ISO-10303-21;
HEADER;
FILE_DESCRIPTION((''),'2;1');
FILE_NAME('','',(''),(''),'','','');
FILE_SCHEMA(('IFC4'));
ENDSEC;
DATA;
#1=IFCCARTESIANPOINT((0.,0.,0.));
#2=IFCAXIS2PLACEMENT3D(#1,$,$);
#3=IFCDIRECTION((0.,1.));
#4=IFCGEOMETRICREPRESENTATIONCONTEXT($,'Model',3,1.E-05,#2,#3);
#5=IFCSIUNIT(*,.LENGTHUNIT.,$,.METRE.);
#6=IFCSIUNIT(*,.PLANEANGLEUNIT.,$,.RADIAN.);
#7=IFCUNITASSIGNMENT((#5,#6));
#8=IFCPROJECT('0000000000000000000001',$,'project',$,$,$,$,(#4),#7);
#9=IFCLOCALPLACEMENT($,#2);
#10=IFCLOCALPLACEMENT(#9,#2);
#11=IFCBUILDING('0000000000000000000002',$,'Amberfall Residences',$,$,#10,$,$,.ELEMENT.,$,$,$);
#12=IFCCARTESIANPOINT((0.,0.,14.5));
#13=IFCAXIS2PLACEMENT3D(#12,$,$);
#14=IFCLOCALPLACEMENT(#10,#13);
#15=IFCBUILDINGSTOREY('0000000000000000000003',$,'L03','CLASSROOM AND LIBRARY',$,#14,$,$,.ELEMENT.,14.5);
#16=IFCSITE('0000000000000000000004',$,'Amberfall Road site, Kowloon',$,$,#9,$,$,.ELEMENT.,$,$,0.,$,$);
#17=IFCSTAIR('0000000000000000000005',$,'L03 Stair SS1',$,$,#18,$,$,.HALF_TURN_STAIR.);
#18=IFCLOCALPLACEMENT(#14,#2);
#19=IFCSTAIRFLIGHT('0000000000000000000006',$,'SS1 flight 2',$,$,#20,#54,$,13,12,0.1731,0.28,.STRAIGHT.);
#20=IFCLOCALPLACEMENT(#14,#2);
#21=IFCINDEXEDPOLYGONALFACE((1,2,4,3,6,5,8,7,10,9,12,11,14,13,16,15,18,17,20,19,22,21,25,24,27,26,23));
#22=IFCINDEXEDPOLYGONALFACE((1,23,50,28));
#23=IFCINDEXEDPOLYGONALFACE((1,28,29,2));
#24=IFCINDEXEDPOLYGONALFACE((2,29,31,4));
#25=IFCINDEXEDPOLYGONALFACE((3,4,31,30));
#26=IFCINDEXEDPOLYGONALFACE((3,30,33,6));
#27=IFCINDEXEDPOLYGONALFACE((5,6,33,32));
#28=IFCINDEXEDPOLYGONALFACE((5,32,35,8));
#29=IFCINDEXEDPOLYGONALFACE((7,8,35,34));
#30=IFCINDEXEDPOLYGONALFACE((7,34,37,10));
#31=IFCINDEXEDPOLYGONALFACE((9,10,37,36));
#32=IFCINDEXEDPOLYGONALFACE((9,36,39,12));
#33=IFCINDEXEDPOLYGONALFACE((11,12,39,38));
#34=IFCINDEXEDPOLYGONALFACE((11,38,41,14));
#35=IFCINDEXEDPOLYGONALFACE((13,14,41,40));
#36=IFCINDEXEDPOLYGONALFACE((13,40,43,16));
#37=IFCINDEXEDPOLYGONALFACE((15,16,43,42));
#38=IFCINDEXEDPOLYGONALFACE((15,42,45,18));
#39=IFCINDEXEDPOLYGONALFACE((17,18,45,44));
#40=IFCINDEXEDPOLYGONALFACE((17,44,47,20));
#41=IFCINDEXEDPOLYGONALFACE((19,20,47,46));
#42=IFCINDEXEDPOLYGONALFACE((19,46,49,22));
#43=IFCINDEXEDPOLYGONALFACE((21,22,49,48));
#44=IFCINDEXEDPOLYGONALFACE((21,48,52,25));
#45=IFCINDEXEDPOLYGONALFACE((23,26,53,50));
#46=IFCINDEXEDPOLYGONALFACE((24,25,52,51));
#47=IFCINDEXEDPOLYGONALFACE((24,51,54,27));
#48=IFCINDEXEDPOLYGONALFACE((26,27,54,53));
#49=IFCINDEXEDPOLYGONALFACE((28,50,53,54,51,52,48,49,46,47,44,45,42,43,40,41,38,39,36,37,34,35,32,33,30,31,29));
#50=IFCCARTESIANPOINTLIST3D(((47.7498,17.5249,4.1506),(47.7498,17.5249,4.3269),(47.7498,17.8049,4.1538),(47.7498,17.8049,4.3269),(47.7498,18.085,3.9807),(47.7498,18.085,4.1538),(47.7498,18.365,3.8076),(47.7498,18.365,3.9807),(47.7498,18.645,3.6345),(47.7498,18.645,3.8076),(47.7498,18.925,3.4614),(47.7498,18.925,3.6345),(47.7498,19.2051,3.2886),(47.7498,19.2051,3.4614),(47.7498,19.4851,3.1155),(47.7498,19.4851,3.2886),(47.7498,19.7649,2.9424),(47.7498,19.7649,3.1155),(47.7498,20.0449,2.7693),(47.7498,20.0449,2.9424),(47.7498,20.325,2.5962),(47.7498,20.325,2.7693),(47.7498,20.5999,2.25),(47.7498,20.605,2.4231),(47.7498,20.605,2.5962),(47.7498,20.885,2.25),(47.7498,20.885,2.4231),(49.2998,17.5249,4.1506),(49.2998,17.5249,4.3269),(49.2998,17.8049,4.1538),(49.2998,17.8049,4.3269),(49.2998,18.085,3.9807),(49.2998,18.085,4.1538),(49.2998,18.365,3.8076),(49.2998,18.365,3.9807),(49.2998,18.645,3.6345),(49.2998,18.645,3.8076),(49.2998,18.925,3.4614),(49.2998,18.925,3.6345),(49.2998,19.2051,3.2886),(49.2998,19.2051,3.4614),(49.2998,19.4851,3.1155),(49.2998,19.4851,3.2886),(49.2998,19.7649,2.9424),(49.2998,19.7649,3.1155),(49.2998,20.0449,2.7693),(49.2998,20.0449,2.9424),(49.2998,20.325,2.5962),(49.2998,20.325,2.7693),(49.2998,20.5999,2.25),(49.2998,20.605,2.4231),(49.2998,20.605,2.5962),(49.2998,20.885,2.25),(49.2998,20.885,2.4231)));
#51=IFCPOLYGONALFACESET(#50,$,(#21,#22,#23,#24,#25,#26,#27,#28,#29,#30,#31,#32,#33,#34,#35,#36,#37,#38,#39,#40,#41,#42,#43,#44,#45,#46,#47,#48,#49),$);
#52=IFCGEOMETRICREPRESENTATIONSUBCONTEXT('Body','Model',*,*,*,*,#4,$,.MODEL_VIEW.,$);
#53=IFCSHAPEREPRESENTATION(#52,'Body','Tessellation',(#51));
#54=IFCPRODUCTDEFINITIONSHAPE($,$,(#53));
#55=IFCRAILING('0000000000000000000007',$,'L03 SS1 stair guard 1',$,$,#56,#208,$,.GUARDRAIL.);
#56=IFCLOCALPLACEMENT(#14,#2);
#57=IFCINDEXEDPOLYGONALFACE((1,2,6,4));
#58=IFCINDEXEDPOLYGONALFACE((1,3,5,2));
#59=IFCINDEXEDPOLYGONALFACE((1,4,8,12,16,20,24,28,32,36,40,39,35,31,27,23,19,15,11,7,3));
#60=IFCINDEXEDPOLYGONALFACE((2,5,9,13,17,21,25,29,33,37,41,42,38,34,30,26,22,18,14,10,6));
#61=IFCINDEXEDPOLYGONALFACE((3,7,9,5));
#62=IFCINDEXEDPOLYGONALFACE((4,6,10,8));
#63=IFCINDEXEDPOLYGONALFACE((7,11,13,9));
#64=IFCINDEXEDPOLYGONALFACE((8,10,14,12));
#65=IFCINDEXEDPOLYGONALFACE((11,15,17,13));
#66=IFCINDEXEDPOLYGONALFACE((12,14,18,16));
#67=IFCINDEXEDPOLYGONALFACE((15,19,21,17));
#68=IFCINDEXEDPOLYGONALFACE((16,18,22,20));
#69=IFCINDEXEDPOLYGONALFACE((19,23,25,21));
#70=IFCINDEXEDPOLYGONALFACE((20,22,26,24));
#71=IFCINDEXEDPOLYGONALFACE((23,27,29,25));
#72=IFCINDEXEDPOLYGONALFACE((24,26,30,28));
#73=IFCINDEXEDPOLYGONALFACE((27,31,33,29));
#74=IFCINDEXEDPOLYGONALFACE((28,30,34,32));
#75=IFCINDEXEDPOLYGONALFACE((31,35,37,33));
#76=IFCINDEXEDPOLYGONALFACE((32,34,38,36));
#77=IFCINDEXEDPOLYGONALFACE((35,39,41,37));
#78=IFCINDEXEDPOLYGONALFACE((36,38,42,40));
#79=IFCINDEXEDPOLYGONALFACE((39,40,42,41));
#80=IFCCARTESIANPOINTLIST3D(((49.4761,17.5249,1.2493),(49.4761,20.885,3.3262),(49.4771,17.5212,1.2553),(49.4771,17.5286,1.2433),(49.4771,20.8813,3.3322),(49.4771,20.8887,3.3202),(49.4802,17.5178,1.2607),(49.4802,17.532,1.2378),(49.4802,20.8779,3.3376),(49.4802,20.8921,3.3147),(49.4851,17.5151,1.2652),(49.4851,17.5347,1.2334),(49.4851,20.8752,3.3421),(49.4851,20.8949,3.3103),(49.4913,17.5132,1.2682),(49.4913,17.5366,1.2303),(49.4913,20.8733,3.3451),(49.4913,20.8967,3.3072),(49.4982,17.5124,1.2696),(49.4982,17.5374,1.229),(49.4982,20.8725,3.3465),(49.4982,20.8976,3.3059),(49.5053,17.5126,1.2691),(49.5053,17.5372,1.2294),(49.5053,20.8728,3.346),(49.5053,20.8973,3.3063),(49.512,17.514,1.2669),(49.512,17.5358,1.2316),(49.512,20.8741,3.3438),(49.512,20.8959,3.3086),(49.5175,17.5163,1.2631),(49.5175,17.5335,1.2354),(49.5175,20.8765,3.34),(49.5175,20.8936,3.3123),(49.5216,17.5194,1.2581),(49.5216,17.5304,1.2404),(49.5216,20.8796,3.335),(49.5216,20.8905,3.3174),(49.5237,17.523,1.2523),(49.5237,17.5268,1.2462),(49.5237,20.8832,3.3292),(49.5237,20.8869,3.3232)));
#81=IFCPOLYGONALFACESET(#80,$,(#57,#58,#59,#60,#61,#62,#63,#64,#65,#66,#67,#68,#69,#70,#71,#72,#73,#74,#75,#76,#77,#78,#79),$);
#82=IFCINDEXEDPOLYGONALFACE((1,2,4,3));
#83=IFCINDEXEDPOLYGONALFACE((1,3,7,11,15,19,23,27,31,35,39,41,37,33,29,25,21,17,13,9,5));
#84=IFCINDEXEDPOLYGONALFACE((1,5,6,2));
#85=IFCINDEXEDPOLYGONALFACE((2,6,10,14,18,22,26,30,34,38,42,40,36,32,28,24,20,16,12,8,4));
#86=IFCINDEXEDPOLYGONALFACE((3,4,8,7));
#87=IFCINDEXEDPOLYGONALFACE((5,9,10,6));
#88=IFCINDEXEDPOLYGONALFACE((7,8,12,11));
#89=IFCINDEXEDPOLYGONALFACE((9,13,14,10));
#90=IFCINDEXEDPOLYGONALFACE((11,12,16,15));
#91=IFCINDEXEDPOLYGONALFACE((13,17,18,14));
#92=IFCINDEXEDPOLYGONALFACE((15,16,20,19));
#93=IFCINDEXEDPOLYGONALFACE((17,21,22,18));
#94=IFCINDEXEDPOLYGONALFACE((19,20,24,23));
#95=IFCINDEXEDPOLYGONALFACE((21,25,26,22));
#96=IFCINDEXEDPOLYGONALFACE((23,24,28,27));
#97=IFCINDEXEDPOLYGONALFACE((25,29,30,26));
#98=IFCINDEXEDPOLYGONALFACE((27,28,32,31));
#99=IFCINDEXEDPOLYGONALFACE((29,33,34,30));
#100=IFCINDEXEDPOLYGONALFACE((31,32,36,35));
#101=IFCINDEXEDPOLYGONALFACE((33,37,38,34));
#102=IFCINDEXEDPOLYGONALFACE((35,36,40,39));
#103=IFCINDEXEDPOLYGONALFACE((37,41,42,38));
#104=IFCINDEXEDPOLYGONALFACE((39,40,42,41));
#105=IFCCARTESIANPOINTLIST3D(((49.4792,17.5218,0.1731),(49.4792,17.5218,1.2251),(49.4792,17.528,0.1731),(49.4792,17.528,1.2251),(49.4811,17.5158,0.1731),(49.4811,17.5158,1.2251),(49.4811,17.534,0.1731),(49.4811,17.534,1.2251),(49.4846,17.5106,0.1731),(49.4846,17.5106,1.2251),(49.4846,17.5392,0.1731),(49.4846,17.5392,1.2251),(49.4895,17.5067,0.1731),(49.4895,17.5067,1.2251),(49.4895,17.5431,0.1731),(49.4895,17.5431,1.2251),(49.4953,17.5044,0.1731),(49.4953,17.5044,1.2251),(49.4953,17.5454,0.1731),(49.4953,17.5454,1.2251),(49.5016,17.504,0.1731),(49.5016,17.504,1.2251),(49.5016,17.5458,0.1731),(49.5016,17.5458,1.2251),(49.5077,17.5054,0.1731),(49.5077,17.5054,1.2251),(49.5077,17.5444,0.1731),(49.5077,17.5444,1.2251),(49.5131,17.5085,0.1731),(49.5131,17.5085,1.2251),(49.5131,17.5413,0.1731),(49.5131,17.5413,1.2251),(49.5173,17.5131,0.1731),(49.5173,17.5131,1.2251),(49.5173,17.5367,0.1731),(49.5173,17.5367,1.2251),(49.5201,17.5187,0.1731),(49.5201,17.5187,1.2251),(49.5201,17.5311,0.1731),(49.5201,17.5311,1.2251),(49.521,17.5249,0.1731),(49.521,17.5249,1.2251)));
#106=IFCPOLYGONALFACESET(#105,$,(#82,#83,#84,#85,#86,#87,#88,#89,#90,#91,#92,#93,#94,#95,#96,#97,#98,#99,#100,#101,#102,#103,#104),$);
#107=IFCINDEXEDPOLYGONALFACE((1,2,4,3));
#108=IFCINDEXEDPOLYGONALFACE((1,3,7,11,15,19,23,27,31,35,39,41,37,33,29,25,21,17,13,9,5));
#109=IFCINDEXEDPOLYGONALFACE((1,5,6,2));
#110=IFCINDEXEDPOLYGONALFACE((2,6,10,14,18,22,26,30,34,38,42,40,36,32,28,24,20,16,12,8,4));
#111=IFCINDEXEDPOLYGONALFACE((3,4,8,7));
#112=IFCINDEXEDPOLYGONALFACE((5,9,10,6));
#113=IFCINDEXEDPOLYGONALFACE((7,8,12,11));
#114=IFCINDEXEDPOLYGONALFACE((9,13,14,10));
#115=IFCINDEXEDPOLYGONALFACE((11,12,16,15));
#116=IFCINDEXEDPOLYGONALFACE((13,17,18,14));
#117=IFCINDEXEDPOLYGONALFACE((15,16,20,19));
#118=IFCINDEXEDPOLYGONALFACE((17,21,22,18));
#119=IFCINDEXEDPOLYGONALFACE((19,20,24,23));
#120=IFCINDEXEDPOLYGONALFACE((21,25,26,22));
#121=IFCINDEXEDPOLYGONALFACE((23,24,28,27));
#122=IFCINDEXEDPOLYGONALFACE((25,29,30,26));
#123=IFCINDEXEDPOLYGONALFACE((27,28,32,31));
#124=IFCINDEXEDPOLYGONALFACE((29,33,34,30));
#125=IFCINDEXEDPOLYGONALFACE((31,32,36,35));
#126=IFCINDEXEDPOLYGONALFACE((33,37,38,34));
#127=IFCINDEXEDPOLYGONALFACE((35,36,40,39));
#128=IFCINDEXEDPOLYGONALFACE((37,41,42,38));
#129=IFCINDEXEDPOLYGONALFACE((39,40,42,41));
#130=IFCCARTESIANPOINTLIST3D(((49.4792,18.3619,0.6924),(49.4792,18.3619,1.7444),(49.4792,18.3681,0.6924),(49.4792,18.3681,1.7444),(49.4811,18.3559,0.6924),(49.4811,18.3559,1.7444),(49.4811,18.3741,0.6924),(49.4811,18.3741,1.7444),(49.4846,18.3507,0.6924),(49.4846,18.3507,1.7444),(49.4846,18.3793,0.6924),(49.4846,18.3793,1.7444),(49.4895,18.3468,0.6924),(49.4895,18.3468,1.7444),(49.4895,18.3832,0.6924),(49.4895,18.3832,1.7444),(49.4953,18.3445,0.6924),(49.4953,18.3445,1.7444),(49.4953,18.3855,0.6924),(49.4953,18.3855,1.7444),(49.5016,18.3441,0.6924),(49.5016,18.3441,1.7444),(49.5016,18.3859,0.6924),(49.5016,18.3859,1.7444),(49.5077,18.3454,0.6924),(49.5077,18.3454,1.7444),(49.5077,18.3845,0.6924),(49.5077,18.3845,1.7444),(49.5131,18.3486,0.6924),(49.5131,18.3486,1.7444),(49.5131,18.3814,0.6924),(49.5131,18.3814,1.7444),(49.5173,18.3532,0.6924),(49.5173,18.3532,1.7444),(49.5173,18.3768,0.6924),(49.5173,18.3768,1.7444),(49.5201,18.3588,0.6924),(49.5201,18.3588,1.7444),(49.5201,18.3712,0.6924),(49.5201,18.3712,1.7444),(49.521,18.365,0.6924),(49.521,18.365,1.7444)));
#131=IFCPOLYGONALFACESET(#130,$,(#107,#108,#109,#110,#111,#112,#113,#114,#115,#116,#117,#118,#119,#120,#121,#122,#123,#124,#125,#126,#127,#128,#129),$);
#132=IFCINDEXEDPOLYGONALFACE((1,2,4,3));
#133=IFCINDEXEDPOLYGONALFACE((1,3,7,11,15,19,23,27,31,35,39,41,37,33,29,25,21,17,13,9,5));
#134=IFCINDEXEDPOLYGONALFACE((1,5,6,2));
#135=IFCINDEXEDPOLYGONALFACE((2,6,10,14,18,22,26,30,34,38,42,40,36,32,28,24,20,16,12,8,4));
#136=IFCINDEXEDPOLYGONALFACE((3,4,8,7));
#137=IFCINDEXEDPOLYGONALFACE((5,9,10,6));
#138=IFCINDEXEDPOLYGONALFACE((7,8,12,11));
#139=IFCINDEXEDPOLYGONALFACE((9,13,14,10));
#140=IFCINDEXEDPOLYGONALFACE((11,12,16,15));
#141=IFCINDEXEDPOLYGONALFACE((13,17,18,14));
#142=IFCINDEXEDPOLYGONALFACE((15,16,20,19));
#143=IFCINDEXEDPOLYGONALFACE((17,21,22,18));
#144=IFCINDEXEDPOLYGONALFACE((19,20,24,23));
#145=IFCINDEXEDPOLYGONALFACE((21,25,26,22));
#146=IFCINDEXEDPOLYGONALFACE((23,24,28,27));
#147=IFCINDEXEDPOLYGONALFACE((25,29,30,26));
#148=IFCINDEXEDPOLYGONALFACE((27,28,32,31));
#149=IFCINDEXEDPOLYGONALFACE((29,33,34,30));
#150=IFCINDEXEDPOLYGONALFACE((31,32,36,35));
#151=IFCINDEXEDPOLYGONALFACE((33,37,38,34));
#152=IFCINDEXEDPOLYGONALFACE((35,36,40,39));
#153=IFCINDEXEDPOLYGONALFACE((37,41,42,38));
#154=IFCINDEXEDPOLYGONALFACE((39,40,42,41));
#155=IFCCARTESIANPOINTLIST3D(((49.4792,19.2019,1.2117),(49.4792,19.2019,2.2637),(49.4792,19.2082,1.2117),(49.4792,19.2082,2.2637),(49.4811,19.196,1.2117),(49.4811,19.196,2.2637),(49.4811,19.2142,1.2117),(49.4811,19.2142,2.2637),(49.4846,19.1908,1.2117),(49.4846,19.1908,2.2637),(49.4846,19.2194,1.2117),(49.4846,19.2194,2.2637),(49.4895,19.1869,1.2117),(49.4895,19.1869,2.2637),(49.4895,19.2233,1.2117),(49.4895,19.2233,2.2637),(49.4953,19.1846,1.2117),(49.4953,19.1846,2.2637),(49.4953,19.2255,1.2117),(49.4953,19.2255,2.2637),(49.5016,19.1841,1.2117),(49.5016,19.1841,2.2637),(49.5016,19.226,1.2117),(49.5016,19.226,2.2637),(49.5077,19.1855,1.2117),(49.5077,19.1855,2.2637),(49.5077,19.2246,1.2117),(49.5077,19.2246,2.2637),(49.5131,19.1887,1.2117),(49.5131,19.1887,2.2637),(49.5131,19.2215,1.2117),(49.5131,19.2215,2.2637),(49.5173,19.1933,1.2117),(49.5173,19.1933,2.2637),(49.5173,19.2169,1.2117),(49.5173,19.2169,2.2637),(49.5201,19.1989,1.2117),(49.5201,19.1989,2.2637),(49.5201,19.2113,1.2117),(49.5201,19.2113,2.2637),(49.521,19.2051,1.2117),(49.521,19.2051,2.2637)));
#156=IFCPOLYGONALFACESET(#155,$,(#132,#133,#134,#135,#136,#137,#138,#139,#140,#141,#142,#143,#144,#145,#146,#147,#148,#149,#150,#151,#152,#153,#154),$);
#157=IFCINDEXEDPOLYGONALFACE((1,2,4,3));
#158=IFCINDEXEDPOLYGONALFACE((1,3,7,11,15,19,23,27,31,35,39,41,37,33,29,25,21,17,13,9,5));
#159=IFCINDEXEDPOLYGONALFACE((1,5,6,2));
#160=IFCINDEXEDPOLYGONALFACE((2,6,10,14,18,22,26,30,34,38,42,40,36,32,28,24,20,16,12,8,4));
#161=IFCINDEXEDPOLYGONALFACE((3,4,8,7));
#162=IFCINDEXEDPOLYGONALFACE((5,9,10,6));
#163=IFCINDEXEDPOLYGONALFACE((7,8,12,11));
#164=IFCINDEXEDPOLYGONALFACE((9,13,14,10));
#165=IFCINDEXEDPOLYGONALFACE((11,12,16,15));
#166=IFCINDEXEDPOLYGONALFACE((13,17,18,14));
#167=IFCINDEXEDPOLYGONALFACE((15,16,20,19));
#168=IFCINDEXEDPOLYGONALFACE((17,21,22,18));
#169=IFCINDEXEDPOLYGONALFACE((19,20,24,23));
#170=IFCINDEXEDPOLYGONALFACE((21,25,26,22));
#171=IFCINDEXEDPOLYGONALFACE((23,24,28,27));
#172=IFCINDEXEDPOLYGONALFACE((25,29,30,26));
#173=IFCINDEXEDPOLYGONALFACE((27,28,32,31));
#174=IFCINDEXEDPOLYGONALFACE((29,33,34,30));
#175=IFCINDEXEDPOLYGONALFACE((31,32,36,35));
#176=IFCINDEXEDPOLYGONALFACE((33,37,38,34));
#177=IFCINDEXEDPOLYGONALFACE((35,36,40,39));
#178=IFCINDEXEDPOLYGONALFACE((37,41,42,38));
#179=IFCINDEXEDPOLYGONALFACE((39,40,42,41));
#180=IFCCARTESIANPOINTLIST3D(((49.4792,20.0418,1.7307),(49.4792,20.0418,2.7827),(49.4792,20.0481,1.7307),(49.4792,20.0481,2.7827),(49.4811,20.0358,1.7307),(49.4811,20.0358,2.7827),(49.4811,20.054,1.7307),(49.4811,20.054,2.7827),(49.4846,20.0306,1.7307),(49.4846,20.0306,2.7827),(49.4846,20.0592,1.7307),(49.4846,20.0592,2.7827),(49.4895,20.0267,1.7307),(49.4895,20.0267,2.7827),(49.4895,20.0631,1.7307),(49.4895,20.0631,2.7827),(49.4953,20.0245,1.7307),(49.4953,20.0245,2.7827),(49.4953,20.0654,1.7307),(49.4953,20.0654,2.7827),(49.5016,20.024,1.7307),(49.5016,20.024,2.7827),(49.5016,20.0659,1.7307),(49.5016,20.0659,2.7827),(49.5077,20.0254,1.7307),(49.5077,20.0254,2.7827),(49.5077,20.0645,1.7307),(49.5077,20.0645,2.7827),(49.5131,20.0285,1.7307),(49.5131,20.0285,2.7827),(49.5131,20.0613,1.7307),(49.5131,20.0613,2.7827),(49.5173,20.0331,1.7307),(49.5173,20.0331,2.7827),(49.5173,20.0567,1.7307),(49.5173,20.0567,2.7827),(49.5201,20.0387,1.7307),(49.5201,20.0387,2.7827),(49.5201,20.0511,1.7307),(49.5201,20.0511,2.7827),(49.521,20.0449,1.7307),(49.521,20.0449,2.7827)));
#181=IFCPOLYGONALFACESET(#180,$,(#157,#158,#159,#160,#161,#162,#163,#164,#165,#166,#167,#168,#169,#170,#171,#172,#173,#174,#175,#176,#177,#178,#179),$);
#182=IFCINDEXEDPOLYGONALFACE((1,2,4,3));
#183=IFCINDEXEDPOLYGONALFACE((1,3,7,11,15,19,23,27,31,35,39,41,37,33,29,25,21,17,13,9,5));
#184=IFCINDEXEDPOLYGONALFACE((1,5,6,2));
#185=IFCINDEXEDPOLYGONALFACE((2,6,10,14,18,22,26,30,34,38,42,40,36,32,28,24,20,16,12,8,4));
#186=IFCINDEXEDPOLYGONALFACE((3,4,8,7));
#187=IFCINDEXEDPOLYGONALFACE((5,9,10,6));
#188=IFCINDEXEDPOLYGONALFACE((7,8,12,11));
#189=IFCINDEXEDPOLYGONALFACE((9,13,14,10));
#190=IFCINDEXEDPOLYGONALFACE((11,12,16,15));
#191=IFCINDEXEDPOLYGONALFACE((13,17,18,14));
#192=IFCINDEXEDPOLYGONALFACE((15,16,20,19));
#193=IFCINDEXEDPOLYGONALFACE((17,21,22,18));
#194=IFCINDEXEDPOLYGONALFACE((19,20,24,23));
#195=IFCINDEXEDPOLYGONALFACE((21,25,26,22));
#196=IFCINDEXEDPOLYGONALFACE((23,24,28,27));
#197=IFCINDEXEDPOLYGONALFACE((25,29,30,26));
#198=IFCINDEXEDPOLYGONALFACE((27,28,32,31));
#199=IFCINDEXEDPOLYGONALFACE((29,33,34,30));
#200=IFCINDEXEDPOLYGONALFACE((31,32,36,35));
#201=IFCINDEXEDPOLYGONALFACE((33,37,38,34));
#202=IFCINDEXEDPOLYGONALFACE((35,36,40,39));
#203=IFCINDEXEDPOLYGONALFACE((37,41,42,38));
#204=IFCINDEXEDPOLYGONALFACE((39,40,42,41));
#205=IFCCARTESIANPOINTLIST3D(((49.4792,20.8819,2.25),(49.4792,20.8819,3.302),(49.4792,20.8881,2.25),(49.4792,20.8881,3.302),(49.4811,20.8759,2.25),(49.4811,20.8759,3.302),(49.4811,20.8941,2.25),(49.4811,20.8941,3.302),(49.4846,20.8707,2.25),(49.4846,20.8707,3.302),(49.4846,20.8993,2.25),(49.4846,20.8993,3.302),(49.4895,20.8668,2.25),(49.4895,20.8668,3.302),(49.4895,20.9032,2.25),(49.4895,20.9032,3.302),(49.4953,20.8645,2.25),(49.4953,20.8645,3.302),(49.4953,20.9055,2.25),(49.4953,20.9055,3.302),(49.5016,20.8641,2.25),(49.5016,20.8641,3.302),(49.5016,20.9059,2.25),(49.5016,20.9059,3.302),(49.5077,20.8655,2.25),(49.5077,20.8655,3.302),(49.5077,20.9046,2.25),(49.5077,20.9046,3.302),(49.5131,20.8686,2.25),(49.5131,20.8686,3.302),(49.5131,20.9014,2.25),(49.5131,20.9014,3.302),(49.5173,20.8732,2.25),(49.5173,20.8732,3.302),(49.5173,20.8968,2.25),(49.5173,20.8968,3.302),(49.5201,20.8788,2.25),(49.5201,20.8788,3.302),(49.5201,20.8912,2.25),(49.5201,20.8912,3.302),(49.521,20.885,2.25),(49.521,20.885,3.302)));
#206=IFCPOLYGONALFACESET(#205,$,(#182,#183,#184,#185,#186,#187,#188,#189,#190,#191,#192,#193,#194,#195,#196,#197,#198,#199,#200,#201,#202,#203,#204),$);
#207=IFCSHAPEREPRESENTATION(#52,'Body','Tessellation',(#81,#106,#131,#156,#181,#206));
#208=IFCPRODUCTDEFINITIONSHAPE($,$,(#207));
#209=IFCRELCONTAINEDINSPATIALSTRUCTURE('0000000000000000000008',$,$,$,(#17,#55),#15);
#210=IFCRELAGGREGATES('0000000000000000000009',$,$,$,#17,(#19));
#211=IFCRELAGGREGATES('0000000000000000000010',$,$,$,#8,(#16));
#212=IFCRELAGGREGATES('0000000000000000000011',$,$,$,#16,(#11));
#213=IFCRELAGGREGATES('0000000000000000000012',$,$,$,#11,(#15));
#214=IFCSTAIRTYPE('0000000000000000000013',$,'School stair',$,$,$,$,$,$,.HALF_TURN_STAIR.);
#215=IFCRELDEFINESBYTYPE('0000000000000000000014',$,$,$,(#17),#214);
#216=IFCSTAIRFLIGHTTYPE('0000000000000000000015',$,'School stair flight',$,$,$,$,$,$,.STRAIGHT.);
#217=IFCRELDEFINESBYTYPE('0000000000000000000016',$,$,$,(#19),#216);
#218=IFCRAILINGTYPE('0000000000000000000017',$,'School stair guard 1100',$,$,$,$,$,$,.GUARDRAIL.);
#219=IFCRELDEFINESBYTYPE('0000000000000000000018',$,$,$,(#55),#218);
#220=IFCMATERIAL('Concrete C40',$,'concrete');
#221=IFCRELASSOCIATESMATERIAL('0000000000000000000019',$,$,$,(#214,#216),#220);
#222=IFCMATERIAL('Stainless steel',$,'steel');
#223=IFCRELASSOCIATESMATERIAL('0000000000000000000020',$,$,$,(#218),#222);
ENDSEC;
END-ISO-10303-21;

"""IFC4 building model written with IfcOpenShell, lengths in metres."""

from ifc_helpers import new_model, si_unit, direction, frame, origin, origin_2d, place, context, subcontext, project, spatial, polyline, circle, outline, extrude, material, type_object, element, aggregate, save


model = new_model("IFC4")

# Units and contexts
model_context = context("Model", 3, precision=1e-05, world=origin(), true_north=direction((0.0, 1.0)))
body_context = subcontext(model_context, "Body", "Model", "MODEL_VIEW")
ifc_project = project(units=[si_unit("LENGTHUNIT", "METRE"), si_unit("PLANEANGLEUNIT", "RADIAN")], contexts=[model_context])

# Site, building, storey
site_placement = place(None, origin())
site = spatial("IfcSite", under=ifc_project, at=site_placement, Name="Amberfall Road site, Kowloon", CompositionType="ELEMENT", RefElevation=0.0)
building_placement = place(site_placement, origin())
building = spatial("IfcBuilding", under=site, at=building_placement, Name="Amberfall Residences", CompositionType="ELEMENT")
storey_placement = place(building_placement, frame((0.0, 0.0, 14.5)))
storey = spatial("IfcBuildingStorey", under=building, at=storey_placement, Name="L03", Description="CLASSROOM AND LIBRARY", CompositionType="ELEMENT", Elevation=14.5)

# Shared definitions
ifc_material_1 = material(Name="Concrete C40", Category="concrete")

# Stair, stair flight
stair_type = type_object("IfcStairType", Name="School stair", PredefinedType="HALF_TURN_STAIR", material=ifc_material_1)
stair_placement = place(storey_placement, origin())
stair = element("IfcStair", 1, at=stair_placement, inside=storey, type_object=stair_type, Name="L03 Stair SS1", PredefinedType="HALF_TURN_STAIR")
stair_flight_type = type_object("IfcStairFlightType", Name="School stair flight", PredefinedType="STRAIGHT", material=ifc_material_1)
stair_flight_1_placement = place(storey_placement, frame((48.5249, 20.885, 2.25), z_axis=(0.0, 0.0, 1.0), x_axis=(0.0, -1.0, 0.0)))
stair_flight_1 = element("IfcStairFlight", 2, at=stair_flight_1_placement, type_object=stair_flight_type, Name="SS1 flight 2", NumberOfRisers=13, NumberOfTreads=12, PredefinedType="STRAIGHT", RiserHeight=0.1731, TreadLength=0.28, context=body_context, shape_type="SweptSolid", body=[
    extrude(outline(polyline([(0.0, 0.0), (0.0, 0.1731), (0.28, 0.1731), (0.28, 0.3462), (0.5601, 0.3462), (0.5601, 0.5193), (0.8401, 0.5193), (0.8401, 0.6924), (1.1201, 0.6924), (1.1201, 0.8655), (1.3999, 0.8655), (1.3999, 1.0386), (1.6799, 1.0386), (1.6799, 1.2114), (1.96, 1.2114), (1.96, 1.3845), (2.24, 1.3845), (2.24, 1.5576), (2.52, 1.5576), (2.52, 1.7307), (2.8, 1.7307), (2.8, 1.9038), (3.0801, 1.9038), (3.0801, 2.0769), (3.3601, 2.0769), (3.3601, 2.25), (3.3601, 1.9006), (0.2852, 0.0), (0.0, 0.0)])), frame((0.0, 0.7749, 0.0), z_axis=(0.0, -1.0, 0.0), x_axis=(1.0, 0.0, 0.0)), (0.0, 0.0, 1.0), 1.55),
])
aggregate(stair, [stair_flight_1])

# Railing
ifc_material_2 = material(Name="Stainless steel", Category="steel")
railing_type_1 = type_object("IfcRailingType", Name="School stair guard 1100", PredefinedType="GUARDRAIL", material=ifc_material_2)
railing_1_placement = place(storey_placement, frame((49.5, 17.5249, 0.1731)))
element("IfcRailing", 3, at=railing_1_placement, inside=storey, type_object=railing_type_1, Name="L03 SS1 stair guard 1", PredefinedType="GUARDRAIL", context=body_context, shape_type="SweptSolid", body=[
    extrude(circle(Radius=0.0239, at=origin_2d()), frame((0.0, 0.0, 1.0762), z_axis=(0.0, 0.850623, 0.525776), x_axis=(-1.0, 0.0, 0.0)), (0.0, 0.0, 1.0), 3.9502),
    extrude(circle(Radius=0.021, at=origin_2d()), origin(), (0.0, 0.0, 1.0), 1.052),
    extrude(circle(Radius=0.021, at=origin_2d()), frame((0.0, 0.8401, 0.5193)), (0.0, 0.0, 1.0), 1.052),
    extrude(circle(Radius=0.021, at=origin_2d()), frame((0.0, 1.6802, 1.0386)), (0.0, 0.0, 1.0), 1.052),
    extrude(circle(Radius=0.021, at=origin_2d()), frame((0.0, 2.52, 1.5576)), (0.0, 0.0, 1.0), 1.052),
    extrude(circle(Radius=0.021, at=origin_2d()), frame((0.0, 3.3601, 2.0769)), (0.0, 0.0, 1.0), 1.052),
])

save(model, "model.ifc")
